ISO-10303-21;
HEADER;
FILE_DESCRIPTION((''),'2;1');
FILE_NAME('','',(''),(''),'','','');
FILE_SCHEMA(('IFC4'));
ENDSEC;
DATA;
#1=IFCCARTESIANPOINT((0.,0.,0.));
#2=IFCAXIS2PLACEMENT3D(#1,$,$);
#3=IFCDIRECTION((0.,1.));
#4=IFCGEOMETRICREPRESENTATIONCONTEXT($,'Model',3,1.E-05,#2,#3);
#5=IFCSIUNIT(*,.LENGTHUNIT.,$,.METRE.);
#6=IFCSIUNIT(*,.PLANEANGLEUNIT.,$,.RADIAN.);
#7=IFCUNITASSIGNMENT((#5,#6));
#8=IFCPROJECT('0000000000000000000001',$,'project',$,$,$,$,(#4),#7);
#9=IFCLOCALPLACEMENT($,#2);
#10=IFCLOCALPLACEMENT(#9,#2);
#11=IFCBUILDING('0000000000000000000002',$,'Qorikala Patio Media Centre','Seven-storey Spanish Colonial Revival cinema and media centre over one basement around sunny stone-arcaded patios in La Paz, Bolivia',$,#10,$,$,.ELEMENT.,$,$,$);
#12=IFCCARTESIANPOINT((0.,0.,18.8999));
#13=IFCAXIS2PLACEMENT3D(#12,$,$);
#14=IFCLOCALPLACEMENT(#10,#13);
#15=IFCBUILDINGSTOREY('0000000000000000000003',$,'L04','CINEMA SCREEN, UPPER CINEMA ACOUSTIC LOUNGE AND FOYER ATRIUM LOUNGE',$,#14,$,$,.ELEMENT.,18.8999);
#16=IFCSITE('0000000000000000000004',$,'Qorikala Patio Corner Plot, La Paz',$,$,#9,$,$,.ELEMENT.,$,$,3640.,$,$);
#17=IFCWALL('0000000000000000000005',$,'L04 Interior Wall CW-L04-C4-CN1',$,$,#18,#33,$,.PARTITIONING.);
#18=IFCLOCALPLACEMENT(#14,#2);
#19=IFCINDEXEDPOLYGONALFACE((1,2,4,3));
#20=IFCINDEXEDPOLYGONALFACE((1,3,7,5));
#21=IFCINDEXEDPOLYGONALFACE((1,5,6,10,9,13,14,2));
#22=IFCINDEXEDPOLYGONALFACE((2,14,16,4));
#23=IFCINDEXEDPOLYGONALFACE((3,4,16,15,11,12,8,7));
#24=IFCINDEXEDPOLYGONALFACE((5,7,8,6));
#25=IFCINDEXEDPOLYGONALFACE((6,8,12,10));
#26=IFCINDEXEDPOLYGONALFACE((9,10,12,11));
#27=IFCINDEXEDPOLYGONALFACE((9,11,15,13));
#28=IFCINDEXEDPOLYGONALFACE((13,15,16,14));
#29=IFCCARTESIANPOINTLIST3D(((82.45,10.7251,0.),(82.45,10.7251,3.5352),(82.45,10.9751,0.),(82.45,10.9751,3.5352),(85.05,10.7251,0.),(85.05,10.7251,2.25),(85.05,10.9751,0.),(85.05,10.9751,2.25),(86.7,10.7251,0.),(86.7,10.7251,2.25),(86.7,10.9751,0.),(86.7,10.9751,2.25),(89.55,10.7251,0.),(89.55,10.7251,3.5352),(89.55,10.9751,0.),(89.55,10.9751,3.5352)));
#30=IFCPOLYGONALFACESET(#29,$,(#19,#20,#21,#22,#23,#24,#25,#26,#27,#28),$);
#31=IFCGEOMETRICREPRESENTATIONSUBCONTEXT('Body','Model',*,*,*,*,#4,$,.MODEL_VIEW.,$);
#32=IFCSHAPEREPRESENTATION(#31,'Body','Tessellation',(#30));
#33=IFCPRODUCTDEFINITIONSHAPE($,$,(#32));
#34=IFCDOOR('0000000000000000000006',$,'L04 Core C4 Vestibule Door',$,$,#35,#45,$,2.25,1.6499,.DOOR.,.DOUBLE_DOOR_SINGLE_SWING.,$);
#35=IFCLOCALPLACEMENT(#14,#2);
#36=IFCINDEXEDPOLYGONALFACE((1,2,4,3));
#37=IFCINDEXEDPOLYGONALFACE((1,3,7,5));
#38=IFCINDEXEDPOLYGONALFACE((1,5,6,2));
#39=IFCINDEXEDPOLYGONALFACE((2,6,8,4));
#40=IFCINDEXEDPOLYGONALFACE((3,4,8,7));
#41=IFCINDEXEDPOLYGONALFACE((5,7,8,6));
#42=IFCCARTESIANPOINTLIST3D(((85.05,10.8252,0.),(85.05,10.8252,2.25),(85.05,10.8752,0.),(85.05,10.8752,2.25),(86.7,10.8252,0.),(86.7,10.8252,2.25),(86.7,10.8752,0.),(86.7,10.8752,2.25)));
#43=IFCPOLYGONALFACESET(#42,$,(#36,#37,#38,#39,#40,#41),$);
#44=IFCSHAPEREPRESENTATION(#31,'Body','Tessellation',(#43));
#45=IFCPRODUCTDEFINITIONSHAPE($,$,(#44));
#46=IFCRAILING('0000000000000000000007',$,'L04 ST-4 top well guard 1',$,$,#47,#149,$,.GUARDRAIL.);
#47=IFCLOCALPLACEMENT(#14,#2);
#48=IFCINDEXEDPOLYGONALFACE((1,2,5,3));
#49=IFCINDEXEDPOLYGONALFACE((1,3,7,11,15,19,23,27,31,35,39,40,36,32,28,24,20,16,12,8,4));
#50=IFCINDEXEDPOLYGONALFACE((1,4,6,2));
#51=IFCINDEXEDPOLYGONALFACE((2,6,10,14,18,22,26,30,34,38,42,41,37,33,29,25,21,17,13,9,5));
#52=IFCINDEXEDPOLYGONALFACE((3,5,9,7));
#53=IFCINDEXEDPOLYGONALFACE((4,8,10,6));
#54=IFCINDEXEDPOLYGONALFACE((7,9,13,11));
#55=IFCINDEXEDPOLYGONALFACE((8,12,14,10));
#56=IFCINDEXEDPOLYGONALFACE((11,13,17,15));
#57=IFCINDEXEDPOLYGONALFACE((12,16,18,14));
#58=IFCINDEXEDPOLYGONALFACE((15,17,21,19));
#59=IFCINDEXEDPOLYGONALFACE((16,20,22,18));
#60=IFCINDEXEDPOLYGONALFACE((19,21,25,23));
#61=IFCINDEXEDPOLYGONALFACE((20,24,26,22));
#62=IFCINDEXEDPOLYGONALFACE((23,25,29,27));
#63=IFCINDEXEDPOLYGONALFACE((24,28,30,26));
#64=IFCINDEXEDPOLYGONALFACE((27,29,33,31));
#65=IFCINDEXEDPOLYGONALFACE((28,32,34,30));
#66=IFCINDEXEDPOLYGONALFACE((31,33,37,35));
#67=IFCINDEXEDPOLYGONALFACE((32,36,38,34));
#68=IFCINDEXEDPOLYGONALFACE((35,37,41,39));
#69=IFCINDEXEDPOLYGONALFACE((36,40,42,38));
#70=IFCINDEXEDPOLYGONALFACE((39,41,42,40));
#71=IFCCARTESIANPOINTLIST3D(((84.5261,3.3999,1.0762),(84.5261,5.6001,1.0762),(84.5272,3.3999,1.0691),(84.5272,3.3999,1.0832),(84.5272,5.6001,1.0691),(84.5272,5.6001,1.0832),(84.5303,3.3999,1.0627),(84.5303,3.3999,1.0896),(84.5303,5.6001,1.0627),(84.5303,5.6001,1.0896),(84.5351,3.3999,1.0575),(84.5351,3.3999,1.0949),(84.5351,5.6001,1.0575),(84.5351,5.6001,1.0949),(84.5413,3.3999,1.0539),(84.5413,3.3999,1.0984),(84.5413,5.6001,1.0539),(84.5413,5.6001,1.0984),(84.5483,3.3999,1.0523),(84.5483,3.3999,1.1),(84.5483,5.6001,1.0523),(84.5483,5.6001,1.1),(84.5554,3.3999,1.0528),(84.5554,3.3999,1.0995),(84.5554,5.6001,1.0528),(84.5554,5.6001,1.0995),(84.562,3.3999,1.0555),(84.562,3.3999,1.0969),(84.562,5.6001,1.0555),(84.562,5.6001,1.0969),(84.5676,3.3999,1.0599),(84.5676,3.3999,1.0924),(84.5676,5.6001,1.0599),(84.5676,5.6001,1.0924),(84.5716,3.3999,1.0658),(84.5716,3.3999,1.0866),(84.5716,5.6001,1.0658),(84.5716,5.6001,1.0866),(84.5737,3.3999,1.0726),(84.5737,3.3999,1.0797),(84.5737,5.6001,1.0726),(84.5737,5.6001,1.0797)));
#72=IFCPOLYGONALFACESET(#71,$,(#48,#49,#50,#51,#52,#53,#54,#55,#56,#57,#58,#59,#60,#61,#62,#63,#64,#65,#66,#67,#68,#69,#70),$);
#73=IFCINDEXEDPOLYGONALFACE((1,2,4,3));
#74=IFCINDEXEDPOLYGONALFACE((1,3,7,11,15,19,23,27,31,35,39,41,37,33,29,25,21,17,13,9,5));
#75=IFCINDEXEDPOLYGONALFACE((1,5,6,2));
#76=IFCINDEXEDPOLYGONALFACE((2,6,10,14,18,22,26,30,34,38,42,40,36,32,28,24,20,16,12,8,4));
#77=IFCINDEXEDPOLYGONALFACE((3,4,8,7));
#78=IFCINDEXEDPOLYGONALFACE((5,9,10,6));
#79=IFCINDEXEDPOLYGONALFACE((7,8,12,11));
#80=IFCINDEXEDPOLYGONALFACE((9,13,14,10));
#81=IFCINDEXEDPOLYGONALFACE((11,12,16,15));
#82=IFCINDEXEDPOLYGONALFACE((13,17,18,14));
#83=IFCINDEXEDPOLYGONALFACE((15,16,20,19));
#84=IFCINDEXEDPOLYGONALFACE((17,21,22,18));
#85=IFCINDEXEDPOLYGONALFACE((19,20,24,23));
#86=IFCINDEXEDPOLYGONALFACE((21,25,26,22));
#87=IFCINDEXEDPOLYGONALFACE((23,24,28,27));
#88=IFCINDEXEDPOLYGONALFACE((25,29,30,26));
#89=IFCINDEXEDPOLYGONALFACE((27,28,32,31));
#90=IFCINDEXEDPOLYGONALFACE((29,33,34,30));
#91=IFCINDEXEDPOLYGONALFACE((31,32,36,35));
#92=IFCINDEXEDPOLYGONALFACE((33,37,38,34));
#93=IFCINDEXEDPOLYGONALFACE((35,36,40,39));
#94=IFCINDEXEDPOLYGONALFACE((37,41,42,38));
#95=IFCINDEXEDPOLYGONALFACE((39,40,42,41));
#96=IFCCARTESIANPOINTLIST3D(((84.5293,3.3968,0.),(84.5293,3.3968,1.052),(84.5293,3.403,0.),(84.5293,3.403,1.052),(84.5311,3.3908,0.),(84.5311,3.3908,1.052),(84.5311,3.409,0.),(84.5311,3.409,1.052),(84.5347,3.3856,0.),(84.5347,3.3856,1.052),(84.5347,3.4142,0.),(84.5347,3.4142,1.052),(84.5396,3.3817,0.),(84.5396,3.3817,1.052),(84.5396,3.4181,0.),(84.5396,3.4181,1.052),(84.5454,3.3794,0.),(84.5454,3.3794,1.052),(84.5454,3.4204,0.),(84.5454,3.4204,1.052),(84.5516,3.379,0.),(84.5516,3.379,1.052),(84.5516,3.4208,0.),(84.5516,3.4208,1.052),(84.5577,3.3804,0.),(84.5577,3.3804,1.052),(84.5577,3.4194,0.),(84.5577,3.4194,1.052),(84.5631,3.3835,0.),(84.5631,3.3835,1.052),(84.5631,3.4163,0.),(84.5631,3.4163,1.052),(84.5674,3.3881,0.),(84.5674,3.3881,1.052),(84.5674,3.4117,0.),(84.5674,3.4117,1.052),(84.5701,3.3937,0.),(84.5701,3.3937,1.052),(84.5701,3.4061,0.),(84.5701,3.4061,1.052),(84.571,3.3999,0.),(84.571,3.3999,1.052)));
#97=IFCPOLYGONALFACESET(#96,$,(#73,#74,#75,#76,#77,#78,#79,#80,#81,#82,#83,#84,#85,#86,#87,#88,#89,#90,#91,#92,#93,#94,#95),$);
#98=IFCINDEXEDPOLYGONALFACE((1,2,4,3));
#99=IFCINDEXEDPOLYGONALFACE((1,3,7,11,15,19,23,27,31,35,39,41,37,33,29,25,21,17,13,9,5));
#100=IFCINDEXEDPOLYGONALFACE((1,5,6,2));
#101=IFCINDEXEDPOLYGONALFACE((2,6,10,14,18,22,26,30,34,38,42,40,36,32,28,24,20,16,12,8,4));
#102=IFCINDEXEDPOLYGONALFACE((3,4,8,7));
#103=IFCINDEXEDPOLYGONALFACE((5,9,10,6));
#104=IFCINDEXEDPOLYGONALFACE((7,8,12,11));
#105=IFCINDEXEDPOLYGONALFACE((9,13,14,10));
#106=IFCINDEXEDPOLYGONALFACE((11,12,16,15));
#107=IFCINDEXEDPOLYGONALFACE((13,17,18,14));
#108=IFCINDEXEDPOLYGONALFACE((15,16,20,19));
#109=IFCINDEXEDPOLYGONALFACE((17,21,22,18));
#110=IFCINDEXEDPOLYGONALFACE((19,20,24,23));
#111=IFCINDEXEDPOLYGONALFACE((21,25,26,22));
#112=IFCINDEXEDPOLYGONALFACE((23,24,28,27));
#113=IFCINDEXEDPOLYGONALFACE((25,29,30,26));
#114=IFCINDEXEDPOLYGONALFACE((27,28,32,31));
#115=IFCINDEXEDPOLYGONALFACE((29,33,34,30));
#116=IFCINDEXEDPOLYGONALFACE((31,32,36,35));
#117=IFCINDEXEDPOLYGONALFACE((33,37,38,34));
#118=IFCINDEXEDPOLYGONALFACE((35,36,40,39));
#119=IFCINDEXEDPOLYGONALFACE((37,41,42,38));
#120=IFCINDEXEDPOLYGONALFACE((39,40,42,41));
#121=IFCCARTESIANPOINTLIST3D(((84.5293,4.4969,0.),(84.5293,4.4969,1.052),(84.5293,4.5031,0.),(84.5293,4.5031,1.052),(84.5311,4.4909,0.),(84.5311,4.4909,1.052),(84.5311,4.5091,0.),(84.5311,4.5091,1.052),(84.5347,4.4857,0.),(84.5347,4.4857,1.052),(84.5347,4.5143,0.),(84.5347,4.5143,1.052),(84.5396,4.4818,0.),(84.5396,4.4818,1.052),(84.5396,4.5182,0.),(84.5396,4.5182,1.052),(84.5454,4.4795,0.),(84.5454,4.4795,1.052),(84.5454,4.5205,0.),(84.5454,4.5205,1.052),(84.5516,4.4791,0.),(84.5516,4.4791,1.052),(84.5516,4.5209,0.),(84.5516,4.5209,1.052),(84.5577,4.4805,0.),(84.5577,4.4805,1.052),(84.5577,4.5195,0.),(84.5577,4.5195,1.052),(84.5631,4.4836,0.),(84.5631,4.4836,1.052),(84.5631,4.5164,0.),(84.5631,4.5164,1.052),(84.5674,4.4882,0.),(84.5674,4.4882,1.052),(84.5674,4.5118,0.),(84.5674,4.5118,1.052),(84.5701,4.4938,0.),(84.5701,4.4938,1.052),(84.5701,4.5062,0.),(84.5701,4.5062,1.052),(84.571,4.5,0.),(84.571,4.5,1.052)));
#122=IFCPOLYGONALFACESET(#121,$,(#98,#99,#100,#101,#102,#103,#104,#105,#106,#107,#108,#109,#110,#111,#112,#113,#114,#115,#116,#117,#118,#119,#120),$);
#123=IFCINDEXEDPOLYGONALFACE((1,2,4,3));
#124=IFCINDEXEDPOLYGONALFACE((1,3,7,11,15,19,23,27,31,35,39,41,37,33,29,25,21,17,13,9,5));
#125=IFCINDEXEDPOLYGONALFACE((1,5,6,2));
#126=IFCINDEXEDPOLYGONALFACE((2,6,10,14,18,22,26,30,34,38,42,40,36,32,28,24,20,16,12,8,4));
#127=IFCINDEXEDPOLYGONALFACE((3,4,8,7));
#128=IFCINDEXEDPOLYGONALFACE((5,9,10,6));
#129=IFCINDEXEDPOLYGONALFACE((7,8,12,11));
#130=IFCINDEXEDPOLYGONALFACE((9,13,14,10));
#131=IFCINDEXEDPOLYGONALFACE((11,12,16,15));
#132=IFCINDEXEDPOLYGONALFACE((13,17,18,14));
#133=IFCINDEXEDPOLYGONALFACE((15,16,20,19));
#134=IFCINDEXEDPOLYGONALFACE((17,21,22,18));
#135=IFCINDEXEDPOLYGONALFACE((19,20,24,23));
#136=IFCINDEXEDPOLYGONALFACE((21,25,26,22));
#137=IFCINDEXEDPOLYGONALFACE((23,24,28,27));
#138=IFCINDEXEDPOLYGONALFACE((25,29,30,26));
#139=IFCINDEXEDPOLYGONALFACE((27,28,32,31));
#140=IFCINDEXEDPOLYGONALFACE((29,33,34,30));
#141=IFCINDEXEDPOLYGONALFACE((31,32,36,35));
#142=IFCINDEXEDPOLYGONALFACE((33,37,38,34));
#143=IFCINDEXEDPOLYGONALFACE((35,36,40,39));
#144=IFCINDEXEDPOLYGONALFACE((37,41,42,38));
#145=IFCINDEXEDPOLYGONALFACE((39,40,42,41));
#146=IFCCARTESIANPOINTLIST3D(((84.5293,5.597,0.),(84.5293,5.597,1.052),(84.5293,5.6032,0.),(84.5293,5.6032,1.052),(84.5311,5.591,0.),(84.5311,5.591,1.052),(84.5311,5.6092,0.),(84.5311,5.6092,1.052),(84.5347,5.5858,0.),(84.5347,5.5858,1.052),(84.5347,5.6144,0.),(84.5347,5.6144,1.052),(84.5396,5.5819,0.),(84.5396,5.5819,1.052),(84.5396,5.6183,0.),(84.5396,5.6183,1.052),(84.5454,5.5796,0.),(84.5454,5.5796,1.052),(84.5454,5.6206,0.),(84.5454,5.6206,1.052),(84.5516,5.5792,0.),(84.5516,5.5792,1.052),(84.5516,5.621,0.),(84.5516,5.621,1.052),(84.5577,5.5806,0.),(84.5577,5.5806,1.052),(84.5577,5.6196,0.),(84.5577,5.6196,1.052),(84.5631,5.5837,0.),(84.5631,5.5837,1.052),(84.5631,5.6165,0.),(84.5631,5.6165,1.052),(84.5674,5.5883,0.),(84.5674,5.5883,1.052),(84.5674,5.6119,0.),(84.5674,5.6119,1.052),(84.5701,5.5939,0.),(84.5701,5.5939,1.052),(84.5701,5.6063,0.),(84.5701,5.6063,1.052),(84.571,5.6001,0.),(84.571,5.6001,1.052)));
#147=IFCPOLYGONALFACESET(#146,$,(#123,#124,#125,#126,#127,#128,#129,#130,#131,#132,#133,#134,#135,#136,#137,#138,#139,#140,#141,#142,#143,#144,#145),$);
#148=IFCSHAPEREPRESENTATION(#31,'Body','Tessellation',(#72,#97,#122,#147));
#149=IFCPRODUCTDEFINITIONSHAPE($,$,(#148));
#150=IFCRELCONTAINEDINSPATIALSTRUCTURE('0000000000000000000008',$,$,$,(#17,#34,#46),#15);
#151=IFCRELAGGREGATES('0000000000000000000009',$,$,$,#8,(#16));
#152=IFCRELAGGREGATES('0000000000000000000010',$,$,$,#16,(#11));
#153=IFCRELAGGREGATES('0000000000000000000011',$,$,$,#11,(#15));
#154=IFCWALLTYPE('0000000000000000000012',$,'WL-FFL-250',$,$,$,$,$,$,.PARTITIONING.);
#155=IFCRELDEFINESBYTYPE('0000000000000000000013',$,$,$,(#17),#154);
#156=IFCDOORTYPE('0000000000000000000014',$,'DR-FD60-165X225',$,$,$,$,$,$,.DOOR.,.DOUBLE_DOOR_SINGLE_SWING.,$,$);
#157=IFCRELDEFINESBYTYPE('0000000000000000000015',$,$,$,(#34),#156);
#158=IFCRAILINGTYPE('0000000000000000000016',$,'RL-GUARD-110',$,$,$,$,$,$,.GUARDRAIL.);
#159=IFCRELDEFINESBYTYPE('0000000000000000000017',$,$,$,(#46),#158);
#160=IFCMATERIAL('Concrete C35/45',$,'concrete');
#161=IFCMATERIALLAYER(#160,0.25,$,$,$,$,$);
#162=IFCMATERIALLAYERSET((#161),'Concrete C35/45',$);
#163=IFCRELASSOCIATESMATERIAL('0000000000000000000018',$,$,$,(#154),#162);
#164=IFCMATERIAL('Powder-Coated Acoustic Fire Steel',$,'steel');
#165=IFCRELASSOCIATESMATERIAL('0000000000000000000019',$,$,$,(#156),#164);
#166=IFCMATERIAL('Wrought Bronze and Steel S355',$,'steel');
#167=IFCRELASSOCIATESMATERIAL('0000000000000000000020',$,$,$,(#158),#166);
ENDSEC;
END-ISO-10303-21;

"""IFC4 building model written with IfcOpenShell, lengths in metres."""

from ifc_helpers import new_model, si_unit, direction, frame, frame_2d, origin, origin_2d, place, context, subcontext, project, spatial, rectangle, circle, extrude, material, layer, layer_set, type_object, element, fill, save


model = new_model("IFC4")

# Units and contexts
model_context = context("Model", 3, precision=1e-05, world=origin(), true_north=direction((0.0, 1.0)))
body_context = subcontext(model_context, "Body", "Model", "MODEL_VIEW")
ifc_project = project(units=[si_unit("LENGTHUNIT", "METRE"), si_unit("PLANEANGLEUNIT", "RADIAN")], contexts=[model_context])

# Site, building, storey
site_placement = place(None, origin())
site = spatial("IfcSite", under=ifc_project, at=site_placement, Name="Qorikala Patio Corner Plot, La Paz", CompositionType="ELEMENT", RefElevation=3640.0)
building_placement = place(site_placement, origin())
building = spatial("IfcBuilding", under=site, at=building_placement, Name="Qorikala Patio Media Centre", Description="Seven-storey Spanish Colonial Revival cinema and media centre over one basement around sunny stone-arcaded patios in La Paz, Bolivia", CompositionType="ELEMENT")
storey_placement = place(building_placement, frame((0.0, 0.0, 18.8999)))
storey = spatial("IfcBuildingStorey", under=building, at=storey_placement, Name="L04", Description="CINEMA SCREEN, UPPER CINEMA ACOUSTIC LOUNGE AND FOYER ATRIUM LOUNGE", CompositionType="ELEMENT", Elevation=18.8999)

# Shared definitions
ifc_material_1 = material(Name="Concrete C35/45", Category="concrete")

# Wall, opening, door
ifc_material_2 = material(Name="Powder-Coated Acoustic Fire Steel", Category="steel")
ifc_layer_1 = layer(ifc_material_1, 0.25)
ifc_layer_set_1 = layer_set([ifc_layer_1], Name="Concrete C35/45")
wall_type_1 = type_object("IfcWallType", Name="WL-FFL-250", PredefinedType="PARTITIONING", material=ifc_layer_set_1)
wall_1_placement = place(storey_placement, frame((82.45, 10.8501, 0.0), z_axis=(0.0, 0.0, 1.0), x_axis=(1.0, 0.0, 0.0)))
wall_1 = element("IfcWall", 1, at=wall_1_placement, inside=storey, type_object=wall_type_1, Name="L04 Interior Wall CW-L04-C4-CN1", PredefinedType="PARTITIONING", context=body_context, shape_type="SweptSolid", body=[
    extrude(rectangle(XDim=7.1001, YDim=0.25, at=frame_2d((3.55, 0.0))), origin(), (0.0, 0.0, 1.0), 3.5352),
])
opening_1_placement = place(wall_1_placement, frame((2.6001, 0.0, 0.0)))
opening_1 = element("IfcOpeningElement", 2, at=opening_1_placement, cuts=wall_1, PredefinedType="OPENING", context=body_context, shape_type="SweptSolid", body=[
    extrude(rectangle(XDim=1.6499, YDim=2.25, at=frame_2d((0.825, 1.125))), frame((0.0, 0.135, 0.0), z_axis=(0.0, -1.0, 0.0), x_axis=(1.0, 0.0, 0.0)), (0.0, 0.0, 1.0), 0.27),
])
door_type_1 = type_object("IfcDoorType", Name="DR-FD60-165X225", OperationType="DOUBLE_DOOR_SINGLE_SWING", PredefinedType="DOOR", material=ifc_material_2)
door_1_placement = place(opening_1_placement, frame((1.6499, 0.0, 0.0), z_axis=(0.0, 0.0, 1.0), x_axis=(-1.0, 0.0, 0.0)))
door_1 = element("IfcDoor", 3, at=door_1_placement, inside=storey, type_object=door_type_1, Name="L04 Core C4 Vestibule Door", OperationType="DOUBLE_DOOR_SINGLE_SWING", OverallHeight=2.25, OverallWidth=1.6499, PredefinedType="DOOR", context=body_context, shape_type="SweptSolid", body=[
    extrude(rectangle(XDim=1.6499, YDim=2.25, at=frame_2d((0.825, 1.125))), frame((0.0, 0.0249, 0.0), z_axis=(0.0, -1.0, 0.0), x_axis=(1.0, 0.0, 0.0)), (0.0, 0.0, 1.0), 0.05),
])
fill(opening_1, door_1)

# Railing
ifc_material_3 = material(Name="Wrought Bronze and Steel S355", Category="steel")
railing_type = type_object("IfcRailingType", Name="RL-GUARD-110", PredefinedType="GUARDRAIL", material=ifc_material_3)
railing_placement = place(storey_placement, frame((84.55, 3.3999, 0.0)))
element("IfcRailing", 4, at=railing_placement, inside=storey, type_object=railing_type, Name="L04 ST-4 top well guard 1", PredefinedType="GUARDRAIL", context=body_context, shape_type="SweptSolid", body=[
    extrude(circle(Radius=0.0239, at=origin_2d()), frame((0.0, 0.0, 1.0762), z_axis=(0.0, 1.0, 0.0), x_axis=(-1.0, 0.0, 0.0)), (0.0, 0.0, 1.0), 2.2002),
    extrude(circle(Radius=0.021, at=origin_2d()), origin(), (0.0, 0.0, 1.0), 1.052),
    extrude(circle(Radius=0.021, at=origin_2d()), frame((0.0, 1.1001, 0.0)), (0.0, 0.0, 1.0), 1.052),
    extrude(circle(Radius=0.021, at=origin_2d()), frame((0.0, 2.2002, 0.0)), (0.0, 0.0, 1.0), 1.052),
])

save(model, "model.ifc")
